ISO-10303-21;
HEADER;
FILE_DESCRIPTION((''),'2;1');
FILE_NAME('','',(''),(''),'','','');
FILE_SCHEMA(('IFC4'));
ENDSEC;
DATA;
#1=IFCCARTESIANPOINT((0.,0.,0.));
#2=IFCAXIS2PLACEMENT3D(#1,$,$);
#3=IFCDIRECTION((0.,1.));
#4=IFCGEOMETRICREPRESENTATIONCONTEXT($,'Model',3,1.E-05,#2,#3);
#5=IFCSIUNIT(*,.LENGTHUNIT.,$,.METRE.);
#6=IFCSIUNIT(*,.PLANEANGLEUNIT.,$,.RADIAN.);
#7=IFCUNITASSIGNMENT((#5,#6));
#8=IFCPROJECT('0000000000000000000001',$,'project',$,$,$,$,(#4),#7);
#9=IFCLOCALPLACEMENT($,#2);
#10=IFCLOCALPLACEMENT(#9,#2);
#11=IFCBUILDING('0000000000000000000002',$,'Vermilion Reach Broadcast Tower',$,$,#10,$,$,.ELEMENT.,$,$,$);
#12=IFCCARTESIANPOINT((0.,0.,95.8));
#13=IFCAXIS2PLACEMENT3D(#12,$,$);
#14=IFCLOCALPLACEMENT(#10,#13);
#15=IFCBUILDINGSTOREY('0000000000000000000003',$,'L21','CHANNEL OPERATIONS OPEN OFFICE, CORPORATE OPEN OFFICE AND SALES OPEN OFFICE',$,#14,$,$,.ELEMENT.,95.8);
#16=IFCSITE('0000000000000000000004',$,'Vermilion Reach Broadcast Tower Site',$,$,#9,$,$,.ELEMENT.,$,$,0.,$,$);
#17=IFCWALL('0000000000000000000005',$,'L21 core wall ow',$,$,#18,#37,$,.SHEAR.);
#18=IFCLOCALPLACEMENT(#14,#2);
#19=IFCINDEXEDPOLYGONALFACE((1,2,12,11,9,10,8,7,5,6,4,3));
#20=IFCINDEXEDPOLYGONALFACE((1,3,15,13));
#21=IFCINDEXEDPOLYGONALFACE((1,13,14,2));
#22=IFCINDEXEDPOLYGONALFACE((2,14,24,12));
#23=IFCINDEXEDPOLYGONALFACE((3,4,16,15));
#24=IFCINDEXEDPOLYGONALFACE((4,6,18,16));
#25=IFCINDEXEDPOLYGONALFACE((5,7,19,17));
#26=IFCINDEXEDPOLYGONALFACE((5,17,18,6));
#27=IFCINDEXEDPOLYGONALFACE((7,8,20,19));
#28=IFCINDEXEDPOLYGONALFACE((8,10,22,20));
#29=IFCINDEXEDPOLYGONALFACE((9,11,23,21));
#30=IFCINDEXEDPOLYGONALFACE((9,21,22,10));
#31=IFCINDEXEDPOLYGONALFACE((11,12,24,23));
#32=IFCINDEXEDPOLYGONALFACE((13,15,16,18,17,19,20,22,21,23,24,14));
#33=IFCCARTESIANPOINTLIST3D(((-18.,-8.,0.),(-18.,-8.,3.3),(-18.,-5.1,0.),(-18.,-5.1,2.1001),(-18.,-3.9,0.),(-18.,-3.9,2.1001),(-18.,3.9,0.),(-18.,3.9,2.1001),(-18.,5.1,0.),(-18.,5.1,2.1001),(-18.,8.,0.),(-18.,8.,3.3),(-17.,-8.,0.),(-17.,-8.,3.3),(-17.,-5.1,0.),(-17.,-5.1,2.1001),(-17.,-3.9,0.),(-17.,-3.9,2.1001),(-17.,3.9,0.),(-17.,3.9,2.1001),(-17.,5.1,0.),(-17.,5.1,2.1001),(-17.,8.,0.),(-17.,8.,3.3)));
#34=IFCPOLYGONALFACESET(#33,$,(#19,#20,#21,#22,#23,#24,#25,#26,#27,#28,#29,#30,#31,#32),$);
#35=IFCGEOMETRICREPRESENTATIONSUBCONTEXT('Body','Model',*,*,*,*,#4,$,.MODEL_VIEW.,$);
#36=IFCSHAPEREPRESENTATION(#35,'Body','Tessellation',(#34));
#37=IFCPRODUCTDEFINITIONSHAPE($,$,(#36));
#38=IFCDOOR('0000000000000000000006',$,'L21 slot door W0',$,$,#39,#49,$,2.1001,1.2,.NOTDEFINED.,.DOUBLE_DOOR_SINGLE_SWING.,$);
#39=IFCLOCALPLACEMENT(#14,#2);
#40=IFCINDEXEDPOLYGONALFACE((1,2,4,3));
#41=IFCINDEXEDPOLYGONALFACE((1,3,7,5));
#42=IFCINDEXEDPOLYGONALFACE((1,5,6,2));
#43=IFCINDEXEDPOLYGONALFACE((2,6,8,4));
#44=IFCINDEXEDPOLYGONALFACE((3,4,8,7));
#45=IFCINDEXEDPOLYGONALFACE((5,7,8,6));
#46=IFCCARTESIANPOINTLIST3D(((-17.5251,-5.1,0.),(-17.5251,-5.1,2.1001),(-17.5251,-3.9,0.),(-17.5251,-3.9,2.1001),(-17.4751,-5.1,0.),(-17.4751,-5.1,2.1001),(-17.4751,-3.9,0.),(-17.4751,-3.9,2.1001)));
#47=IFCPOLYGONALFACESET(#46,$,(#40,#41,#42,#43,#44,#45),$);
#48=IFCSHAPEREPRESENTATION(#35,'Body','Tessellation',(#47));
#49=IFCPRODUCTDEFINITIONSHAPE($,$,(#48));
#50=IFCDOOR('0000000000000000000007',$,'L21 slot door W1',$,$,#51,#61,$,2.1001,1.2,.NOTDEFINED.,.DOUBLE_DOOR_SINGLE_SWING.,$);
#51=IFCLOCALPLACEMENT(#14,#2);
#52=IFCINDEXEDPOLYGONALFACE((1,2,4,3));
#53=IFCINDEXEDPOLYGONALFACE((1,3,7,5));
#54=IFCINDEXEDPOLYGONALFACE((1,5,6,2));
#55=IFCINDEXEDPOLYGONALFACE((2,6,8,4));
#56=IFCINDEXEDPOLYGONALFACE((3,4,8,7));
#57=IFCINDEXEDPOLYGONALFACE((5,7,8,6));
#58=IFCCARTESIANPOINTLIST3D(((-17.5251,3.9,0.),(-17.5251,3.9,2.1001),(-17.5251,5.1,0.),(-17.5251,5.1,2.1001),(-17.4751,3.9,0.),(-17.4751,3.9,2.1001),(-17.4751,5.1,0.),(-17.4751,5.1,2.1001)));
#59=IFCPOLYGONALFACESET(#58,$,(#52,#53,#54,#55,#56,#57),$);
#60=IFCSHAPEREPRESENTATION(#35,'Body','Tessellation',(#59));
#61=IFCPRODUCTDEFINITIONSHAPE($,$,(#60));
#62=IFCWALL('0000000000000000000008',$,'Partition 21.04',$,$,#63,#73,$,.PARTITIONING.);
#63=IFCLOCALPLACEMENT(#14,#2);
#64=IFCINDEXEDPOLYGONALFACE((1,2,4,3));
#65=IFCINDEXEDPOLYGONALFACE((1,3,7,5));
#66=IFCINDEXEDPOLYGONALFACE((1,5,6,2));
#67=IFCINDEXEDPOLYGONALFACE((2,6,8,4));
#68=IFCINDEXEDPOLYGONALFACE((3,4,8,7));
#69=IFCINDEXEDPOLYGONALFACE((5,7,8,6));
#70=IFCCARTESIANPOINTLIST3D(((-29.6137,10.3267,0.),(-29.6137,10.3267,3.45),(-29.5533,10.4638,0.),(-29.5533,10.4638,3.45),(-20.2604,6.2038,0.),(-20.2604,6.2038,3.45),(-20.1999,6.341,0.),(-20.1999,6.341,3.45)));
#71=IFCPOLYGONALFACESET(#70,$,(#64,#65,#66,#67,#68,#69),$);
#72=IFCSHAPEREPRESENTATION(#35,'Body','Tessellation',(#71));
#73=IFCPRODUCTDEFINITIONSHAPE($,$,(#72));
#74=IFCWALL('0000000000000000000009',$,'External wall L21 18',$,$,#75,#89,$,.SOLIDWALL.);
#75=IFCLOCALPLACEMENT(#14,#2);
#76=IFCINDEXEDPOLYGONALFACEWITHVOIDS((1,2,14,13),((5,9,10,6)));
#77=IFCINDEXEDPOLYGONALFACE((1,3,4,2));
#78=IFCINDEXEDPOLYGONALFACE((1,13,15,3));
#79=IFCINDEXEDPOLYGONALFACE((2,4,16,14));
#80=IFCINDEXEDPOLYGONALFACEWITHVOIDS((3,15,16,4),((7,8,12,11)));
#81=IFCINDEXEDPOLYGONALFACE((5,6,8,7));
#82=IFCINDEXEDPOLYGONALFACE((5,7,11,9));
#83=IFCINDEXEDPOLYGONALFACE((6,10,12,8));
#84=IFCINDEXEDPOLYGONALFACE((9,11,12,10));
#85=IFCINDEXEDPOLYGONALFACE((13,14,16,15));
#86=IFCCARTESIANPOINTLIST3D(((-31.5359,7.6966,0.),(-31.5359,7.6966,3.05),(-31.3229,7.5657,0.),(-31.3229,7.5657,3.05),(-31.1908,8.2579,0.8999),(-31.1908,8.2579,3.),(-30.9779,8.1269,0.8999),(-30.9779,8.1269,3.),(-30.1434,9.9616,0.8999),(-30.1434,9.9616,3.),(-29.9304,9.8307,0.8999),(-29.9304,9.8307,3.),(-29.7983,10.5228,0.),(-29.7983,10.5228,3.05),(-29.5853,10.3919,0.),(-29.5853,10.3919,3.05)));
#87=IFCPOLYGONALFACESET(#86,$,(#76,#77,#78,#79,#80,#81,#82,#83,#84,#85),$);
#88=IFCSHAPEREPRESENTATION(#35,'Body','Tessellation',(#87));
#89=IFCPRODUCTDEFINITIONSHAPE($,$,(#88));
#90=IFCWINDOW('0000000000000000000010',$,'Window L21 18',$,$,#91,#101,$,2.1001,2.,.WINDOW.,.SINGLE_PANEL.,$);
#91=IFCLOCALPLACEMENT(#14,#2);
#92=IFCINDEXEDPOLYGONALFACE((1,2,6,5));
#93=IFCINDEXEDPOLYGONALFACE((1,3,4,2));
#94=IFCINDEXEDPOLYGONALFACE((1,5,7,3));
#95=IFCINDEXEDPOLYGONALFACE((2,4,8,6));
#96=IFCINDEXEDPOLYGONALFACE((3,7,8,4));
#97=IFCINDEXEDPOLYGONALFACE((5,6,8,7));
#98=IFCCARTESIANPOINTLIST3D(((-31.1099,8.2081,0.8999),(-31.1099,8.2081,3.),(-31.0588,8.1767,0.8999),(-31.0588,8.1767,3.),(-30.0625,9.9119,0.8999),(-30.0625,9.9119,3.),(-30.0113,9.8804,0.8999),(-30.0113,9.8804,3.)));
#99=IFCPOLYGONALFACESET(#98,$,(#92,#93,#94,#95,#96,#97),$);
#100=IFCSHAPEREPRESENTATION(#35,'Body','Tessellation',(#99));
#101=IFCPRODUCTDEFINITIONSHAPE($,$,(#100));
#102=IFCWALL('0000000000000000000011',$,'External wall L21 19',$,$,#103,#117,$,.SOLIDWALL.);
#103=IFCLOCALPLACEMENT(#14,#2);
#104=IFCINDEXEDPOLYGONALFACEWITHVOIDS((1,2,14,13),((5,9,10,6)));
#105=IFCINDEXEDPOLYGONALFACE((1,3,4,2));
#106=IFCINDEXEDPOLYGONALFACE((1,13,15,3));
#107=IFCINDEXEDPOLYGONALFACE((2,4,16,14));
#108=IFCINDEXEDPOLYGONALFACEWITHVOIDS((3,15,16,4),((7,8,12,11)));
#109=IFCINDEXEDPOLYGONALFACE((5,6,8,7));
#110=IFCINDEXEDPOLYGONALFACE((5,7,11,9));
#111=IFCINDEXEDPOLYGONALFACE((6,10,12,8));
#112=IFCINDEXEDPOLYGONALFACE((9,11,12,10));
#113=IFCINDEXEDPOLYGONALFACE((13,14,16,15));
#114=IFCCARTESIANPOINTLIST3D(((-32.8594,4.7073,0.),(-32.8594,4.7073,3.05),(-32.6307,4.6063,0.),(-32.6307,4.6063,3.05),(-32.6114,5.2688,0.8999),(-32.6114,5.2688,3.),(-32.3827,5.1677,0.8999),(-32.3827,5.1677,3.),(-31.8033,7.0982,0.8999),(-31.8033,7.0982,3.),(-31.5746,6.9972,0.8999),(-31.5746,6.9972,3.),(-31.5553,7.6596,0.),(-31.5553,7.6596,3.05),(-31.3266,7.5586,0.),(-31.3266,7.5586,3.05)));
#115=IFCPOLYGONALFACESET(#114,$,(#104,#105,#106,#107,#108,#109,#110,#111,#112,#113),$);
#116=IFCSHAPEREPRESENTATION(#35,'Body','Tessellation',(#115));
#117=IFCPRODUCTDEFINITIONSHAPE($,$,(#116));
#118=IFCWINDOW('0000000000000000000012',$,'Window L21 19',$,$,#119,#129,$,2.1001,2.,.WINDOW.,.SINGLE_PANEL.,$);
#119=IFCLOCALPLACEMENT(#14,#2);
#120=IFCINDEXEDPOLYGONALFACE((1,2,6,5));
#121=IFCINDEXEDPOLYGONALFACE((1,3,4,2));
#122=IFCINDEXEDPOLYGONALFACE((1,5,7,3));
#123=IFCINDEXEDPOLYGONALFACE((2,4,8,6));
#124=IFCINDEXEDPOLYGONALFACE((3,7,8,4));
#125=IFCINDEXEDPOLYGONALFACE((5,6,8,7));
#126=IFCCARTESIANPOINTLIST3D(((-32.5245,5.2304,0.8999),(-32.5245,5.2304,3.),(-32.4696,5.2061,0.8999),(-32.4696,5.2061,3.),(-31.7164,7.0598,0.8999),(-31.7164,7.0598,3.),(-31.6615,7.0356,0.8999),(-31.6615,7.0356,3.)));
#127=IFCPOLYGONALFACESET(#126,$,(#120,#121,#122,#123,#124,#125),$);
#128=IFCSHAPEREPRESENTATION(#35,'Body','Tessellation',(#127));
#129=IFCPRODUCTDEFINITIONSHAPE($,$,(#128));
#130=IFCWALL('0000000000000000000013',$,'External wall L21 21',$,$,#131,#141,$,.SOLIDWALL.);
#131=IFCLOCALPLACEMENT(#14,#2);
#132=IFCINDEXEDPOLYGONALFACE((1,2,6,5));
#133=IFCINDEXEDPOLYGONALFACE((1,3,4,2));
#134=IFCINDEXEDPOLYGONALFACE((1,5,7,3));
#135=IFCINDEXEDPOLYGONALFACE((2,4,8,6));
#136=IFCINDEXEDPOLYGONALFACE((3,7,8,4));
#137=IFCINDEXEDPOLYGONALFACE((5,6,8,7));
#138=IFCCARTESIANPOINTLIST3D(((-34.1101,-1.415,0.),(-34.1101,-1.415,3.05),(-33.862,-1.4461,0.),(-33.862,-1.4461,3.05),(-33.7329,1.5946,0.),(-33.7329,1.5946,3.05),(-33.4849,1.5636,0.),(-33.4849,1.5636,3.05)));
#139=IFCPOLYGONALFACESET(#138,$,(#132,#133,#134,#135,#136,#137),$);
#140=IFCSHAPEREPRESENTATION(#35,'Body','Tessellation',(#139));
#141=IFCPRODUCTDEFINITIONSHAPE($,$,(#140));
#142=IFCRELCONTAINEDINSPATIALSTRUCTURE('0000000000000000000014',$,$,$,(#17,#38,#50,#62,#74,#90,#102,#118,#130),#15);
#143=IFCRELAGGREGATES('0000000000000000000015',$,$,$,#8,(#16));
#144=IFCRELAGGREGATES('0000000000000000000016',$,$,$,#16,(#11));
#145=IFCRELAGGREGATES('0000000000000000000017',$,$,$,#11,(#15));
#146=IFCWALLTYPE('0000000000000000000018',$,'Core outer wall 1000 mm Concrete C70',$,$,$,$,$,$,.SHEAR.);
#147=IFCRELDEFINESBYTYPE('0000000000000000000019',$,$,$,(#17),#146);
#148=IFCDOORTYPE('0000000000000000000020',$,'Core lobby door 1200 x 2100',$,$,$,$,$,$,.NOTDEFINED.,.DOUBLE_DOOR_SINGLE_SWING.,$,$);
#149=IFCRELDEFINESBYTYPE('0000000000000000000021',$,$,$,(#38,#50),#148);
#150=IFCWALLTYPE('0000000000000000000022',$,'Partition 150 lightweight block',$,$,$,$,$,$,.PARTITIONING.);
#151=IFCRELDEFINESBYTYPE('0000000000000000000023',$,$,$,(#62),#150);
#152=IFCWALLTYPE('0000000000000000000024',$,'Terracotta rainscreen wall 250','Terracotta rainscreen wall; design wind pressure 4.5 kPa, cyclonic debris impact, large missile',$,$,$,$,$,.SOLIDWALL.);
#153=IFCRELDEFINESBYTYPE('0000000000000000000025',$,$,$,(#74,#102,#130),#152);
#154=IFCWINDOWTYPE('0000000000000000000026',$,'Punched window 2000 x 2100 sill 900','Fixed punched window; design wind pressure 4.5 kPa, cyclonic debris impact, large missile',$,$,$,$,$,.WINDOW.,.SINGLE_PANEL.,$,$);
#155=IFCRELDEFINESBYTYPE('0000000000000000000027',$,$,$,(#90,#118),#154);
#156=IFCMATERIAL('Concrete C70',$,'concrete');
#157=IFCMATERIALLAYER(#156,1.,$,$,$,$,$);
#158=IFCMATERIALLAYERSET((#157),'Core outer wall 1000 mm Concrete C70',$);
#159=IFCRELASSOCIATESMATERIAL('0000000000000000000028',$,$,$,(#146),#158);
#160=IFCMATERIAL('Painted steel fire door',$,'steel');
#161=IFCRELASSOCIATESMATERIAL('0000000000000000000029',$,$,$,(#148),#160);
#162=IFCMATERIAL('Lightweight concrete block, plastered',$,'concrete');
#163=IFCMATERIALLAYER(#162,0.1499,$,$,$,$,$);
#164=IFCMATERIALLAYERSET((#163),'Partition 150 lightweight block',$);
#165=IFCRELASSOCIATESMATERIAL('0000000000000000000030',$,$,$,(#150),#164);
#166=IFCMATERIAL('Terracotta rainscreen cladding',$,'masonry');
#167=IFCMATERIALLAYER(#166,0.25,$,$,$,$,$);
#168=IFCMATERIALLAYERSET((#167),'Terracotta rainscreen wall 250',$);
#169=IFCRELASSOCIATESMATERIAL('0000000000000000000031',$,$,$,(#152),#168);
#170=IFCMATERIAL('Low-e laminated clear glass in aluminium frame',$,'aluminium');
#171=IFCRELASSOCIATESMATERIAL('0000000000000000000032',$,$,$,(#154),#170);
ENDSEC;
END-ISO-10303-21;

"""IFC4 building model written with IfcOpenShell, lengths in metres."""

from ifc_helpers import new_model, si_unit, direction, frame, frame_2d, origin, place, context, subcontext, project, spatial, rectangle, extrude, material, layer, layer_set, type_object, element, fill, save


model = new_model("IFC4")

# Units and contexts
model_context = context("Model", 3, precision=1e-05, world=origin(), true_north=direction((0.0, 1.0)))
body_context = subcontext(model_context, "Body", "Model", "MODEL_VIEW")
ifc_project = project(units=[si_unit("LENGTHUNIT", "METRE"), si_unit("PLANEANGLEUNIT", "RADIAN")], contexts=[model_context])

# Site, building, storey
site_placement = place(None, origin())
site = spatial("IfcSite", under=ifc_project, at=site_placement, Name="Vermilion Reach Broadcast Tower Site", CompositionType="ELEMENT", RefElevation=0.0)
building_placement = place(site_placement, origin())
building = spatial("IfcBuilding", under=site, at=building_placement, Name="Vermilion Reach Broadcast Tower", CompositionType="ELEMENT")
storey_placement = place(building_placement, frame((0.0, 0.0, 95.8)))
storey = spatial("IfcBuildingStorey", under=building, at=storey_placement, Name="L21", Description="CHANNEL OPERATIONS OPEN OFFICE, CORPORATE OPEN OFFICE AND SALES OPEN OFFICE", CompositionType="ELEMENT", Elevation=95.8)

# Wall, openings, doors
ifc_material_1 = material(Name="Concrete C70", Category="concrete")
ifc_layer_1 = layer(ifc_material_1, 1.0)
ifc_layer_set_1 = layer_set([ifc_layer_1], Name="Core outer wall 1000 mm Concrete C70")
wall_type_1 = type_object("IfcWallType", Name="Core outer wall 1000 mm Concrete C70", PredefinedType="SHEAR", material=ifc_layer_set_1)
wall_1_placement = place(storey_placement, frame((-17.5, 8.0, 0.0), z_axis=(0.0, 0.0, 1.0), x_axis=(0.0, -1.0, 0.0)))
wall_1 = element("IfcWall", 1, at=wall_1_placement, inside=storey, type_object=wall_type_1, Name="L21 core wall ow", PredefinedType="SHEAR", context=body_context, shape_type="SweptSolid", body=[
    extrude(rectangle(XDim=16.0, YDim=1.0, at=frame_2d((8.0, 0.0))), origin(), (0.0, 0.0, 1.0), 3.3),
])
opening_1_placement = place(wall_1_placement, frame((11.8999, 0.0, 0.0)))
opening_1 = element("IfcOpeningElement", 2, at=opening_1_placement, cuts=wall_1, PredefinedType="OPENING", context=body_context, shape_type="SweptSolid", body=[
    extrude(rectangle(XDim=1.2, YDim=2.1001, at=frame_2d((0.6001, 1.05))), frame((0.0, 0.51, 0.0), z_axis=(0.0, -1.0, 0.0), x_axis=(1.0, 0.0, 0.0)), (0.0, 0.0, 1.0), 1.02),
])
opening_2_placement = place(wall_1_placement, frame((2.8999, 0.0, 0.0)))
opening_2 = element("IfcOpeningElement", 3, at=opening_2_placement, cuts=wall_1, PredefinedType="OPENING", context=body_context, shape_type="SweptSolid", body=[
    extrude(rectangle(XDim=1.2, YDim=2.1001, at=frame_2d((0.6001, 1.05))), frame((0.0, 0.51, 0.0), z_axis=(0.0, -1.0, 0.0), x_axis=(1.0, 0.0, 0.0)), (0.0, 0.0, 1.0), 1.02),
])
ifc_material_2 = material(Name="Painted steel fire door", Category="steel")
door_type_1 = type_object("IfcDoorType", Name="Core lobby door 1200 x 2100", OperationType="DOUBLE_DOOR_SINGLE_SWING", PredefinedType="NOTDEFINED", material=ifc_material_2)
door_1_placement = place(opening_1_placement, origin())
door_1 = element("IfcDoor", 4, at=door_1_placement, inside=storey, type_object=door_type_1, Name="L21 slot door W0", OperationType="DOUBLE_DOOR_SINGLE_SWING", OverallHeight=2.1001, OverallWidth=1.2, PredefinedType="NOTDEFINED", context=body_context, shape_type="SweptSolid", body=[
    extrude(rectangle(XDim=1.2, YDim=2.1001, at=frame_2d((0.6001, 1.05))), frame((0.0, 0.0249, 0.0), z_axis=(0.0, -1.0, 0.0), x_axis=(1.0, 0.0, 0.0)), (0.0, 0.0, 1.0), 0.05),
])
fill(opening_1, door_1)
door_2_placement = place(opening_2_placement, origin())
door_2 = element("IfcDoor", 5, at=door_2_placement, inside=storey, type_object=door_type_1, Name="L21 slot door W1", OperationType="DOUBLE_DOOR_SINGLE_SWING", OverallHeight=2.1001, OverallWidth=1.2, PredefinedType="NOTDEFINED", context=body_context, shape_type="SweptSolid", body=[
    extrude(rectangle(XDim=1.2, YDim=2.1001, at=frame_2d((0.6001, 1.05))), frame((0.0, 0.0249, 0.0), z_axis=(0.0, -1.0, 0.0), x_axis=(1.0, 0.0, 0.0)), (0.0, 0.0, 1.0), 0.05),
])
fill(opening_2, door_2)

# Wall
ifc_material_3 = material(Name="Lightweight concrete block, plastered", Category="concrete")
ifc_layer_2 = layer(ifc_material_3, 0.1499)
ifc_layer_set_2 = layer_set([ifc_layer_2], Name="Partition 150 lightweight block")
wall_type_2 = type_object("IfcWallType", Name="Partition 150 lightweight block", PredefinedType="PARTITIONING", material=ifc_layer_set_2)
wall_2_placement = place(storey_placement, frame((-29.5835, 10.3953, 0.0), z_axis=(0.0, 0.0, 1.0), x_axis=(0.915049, -0.403342, 0.0)))
element("IfcWall", 6, at=wall_2_placement, inside=storey, type_object=wall_type_2, Name="Partition 21.04", PredefinedType="PARTITIONING", context=body_context, shape_type="SweptSolid", body=[
    extrude(rectangle(XDim=10.2217, YDim=0.1499, at=frame_2d((5.1108, 0.0))), origin(), (0.0, 0.0, 1.0), 3.45),
])

# Walls, openings, windows
ifc_material_4 = material(Name="Terracotta rainscreen cladding", Category="masonry")
ifc_layer_3 = layer(ifc_material_4, 0.25)
ifc_layer_set_3 = layer_set([ifc_layer_3], Name="Terracotta rainscreen wall 250")
wall_type_3 = type_object("IfcWallType", Name="Terracotta rainscreen wall 250", Description="Terracotta rainscreen wall; design wind pressure 4.5 kPa, cyclonic debris impact, large missile", PredefinedType="SOLIDWALL", material=ifc_layer_set_3)
wall_3_placement = place(storey_placement, frame((-29.6919, 10.4573, 0.0), z_axis=(0.0, 0.0, 1.0), x_axis=(-0.52374, -0.851878, 0.0)))
wall_3 = element("IfcWall", 7, at=wall_3_placement, inside=storey, type_object=wall_type_3, Name="External wall L21 18", PredefinedType="SOLIDWALL", context=body_context, shape_type="SweptSolid", body=[
    extrude(rectangle(XDim=3.3176, YDim=0.25, at=frame_2d((1.6587, 0.0))), origin(), (0.0, 0.0, 1.0), 3.05),
])
opening_3_placement = place(wall_3_placement, frame((0.6587, 0.0, 0.8999)))
opening_3 = element("IfcOpeningElement", 8, at=opening_3_placement, cuts=wall_3, PredefinedType="OPENING", context=body_context, shape_type="SweptSolid", body=[
    extrude(rectangle(XDim=2.0, YDim=2.1001, at=frame_2d((1.0, 1.05))), frame((0.0, 0.135, 0.0), z_axis=(0.0, -1.0, 0.0), x_axis=(1.0, 0.0, 0.0)), (0.0, 0.0, 1.0), 0.27),
])
ifc_material_5 = material(Name="Low-e laminated clear glass in aluminium frame", Category="aluminium")
window_type = type_object("IfcWindowType", Name="Punched window 2000 x 2100 sill 900", Description="Fixed punched window; design wind pressure 4.5 kPa, cyclonic debris impact, large missile", PartitioningType="SINGLE_PANEL", PredefinedType="WINDOW", material=ifc_material_5)
window_1_placement = place(opening_3_placement, origin())
window_1 = element("IfcWindow", 9, at=window_1_placement, inside=storey, type_object=window_type, Name="Window L21 18", OverallHeight=2.1001, OverallWidth=2.0, PartitioningType="SINGLE_PANEL", PredefinedType="WINDOW", context=body_context, shape_type="SweptSolid", body=[
    extrude(rectangle(XDim=2.0, YDim=2.1001, at=frame_2d((1.0, 1.05))), frame((0.0, 0.03, 0.0), z_axis=(0.0, -1.0, 0.0), x_axis=(1.0, 0.0, 0.0)), (0.0, 0.0, 1.0), 0.0601),
])
fill(opening_3, window_1)
wall_4_placement = place(storey_placement, frame((-31.4409, 7.6091, 0.0), z_axis=(0.0, 0.0, 1.0), x_axis=(-0.404074, -0.914726, 0.0)))
wall_4 = element("IfcWall", 10, at=wall_4_placement, inside=storey, type_object=wall_type_3, Name="External wall L21 19", PredefinedType="SOLIDWALL", context=body_context, shape_type="SweptSolid", body=[
    extrude(rectangle(XDim=3.2275, YDim=0.25, at=frame_2d((1.6138, 0.0))), origin(), (0.0, 0.0, 1.0), 3.05),
])
opening_4_placement = place(wall_4_placement, frame((0.6138, 0.0, 0.8999)))
opening_4 = element("IfcOpeningElement", 11, at=opening_4_placement, cuts=wall_4, PredefinedType="OPENING", context=body_context, shape_type="SweptSolid", body=[
    extrude(rectangle(XDim=2.0, YDim=2.1001, at=frame_2d((1.0, 1.05))), frame((0.0, 0.135, 0.0), z_axis=(0.0, -1.0, 0.0), x_axis=(1.0, 0.0, 0.0)), (0.0, 0.0, 1.0), 0.27),
])
window_2_placement = place(opening_4_placement, origin())
window_2 = element("IfcWindow", 12, at=window_2_placement, inside=storey, type_object=window_type, Name="Window L21 19", OverallHeight=2.1001, OverallWidth=2.0, PartitioningType="SINGLE_PANEL", PredefinedType="WINDOW", context=body_context, shape_type="SweptSolid", body=[
    extrude(rectangle(XDim=2.0, YDim=2.1001, at=frame_2d((1.0, 1.05))), frame((0.0, 0.03, 0.0), z_axis=(0.0, -1.0, 0.0), x_axis=(1.0, 0.0, 0.0)), (0.0, 0.0, 1.0), 0.0601),
])
fill(opening_4, window_2)

# Wall
wall_5_placement = place(storey_placement, frame((-33.6089, 1.5791, 0.0), z_axis=(0.0, 0.0, 1.0), x_axis=(-0.124352, -0.992238, 0.0)))
element("IfcWall", 13, at=wall_5_placement, inside=storey, type_object=wall_type_3, Name="External wall L21 21", PredefinedType="SOLIDWALL", context=body_context, shape_type="SweptSolid", body=[
    extrude(rectangle(XDim=3.0332, YDim=0.25, at=frame_2d((1.5166, 0.0))), origin(), (0.0, 0.0, 1.0), 3.05),
])

save(model, "model.ifc")
